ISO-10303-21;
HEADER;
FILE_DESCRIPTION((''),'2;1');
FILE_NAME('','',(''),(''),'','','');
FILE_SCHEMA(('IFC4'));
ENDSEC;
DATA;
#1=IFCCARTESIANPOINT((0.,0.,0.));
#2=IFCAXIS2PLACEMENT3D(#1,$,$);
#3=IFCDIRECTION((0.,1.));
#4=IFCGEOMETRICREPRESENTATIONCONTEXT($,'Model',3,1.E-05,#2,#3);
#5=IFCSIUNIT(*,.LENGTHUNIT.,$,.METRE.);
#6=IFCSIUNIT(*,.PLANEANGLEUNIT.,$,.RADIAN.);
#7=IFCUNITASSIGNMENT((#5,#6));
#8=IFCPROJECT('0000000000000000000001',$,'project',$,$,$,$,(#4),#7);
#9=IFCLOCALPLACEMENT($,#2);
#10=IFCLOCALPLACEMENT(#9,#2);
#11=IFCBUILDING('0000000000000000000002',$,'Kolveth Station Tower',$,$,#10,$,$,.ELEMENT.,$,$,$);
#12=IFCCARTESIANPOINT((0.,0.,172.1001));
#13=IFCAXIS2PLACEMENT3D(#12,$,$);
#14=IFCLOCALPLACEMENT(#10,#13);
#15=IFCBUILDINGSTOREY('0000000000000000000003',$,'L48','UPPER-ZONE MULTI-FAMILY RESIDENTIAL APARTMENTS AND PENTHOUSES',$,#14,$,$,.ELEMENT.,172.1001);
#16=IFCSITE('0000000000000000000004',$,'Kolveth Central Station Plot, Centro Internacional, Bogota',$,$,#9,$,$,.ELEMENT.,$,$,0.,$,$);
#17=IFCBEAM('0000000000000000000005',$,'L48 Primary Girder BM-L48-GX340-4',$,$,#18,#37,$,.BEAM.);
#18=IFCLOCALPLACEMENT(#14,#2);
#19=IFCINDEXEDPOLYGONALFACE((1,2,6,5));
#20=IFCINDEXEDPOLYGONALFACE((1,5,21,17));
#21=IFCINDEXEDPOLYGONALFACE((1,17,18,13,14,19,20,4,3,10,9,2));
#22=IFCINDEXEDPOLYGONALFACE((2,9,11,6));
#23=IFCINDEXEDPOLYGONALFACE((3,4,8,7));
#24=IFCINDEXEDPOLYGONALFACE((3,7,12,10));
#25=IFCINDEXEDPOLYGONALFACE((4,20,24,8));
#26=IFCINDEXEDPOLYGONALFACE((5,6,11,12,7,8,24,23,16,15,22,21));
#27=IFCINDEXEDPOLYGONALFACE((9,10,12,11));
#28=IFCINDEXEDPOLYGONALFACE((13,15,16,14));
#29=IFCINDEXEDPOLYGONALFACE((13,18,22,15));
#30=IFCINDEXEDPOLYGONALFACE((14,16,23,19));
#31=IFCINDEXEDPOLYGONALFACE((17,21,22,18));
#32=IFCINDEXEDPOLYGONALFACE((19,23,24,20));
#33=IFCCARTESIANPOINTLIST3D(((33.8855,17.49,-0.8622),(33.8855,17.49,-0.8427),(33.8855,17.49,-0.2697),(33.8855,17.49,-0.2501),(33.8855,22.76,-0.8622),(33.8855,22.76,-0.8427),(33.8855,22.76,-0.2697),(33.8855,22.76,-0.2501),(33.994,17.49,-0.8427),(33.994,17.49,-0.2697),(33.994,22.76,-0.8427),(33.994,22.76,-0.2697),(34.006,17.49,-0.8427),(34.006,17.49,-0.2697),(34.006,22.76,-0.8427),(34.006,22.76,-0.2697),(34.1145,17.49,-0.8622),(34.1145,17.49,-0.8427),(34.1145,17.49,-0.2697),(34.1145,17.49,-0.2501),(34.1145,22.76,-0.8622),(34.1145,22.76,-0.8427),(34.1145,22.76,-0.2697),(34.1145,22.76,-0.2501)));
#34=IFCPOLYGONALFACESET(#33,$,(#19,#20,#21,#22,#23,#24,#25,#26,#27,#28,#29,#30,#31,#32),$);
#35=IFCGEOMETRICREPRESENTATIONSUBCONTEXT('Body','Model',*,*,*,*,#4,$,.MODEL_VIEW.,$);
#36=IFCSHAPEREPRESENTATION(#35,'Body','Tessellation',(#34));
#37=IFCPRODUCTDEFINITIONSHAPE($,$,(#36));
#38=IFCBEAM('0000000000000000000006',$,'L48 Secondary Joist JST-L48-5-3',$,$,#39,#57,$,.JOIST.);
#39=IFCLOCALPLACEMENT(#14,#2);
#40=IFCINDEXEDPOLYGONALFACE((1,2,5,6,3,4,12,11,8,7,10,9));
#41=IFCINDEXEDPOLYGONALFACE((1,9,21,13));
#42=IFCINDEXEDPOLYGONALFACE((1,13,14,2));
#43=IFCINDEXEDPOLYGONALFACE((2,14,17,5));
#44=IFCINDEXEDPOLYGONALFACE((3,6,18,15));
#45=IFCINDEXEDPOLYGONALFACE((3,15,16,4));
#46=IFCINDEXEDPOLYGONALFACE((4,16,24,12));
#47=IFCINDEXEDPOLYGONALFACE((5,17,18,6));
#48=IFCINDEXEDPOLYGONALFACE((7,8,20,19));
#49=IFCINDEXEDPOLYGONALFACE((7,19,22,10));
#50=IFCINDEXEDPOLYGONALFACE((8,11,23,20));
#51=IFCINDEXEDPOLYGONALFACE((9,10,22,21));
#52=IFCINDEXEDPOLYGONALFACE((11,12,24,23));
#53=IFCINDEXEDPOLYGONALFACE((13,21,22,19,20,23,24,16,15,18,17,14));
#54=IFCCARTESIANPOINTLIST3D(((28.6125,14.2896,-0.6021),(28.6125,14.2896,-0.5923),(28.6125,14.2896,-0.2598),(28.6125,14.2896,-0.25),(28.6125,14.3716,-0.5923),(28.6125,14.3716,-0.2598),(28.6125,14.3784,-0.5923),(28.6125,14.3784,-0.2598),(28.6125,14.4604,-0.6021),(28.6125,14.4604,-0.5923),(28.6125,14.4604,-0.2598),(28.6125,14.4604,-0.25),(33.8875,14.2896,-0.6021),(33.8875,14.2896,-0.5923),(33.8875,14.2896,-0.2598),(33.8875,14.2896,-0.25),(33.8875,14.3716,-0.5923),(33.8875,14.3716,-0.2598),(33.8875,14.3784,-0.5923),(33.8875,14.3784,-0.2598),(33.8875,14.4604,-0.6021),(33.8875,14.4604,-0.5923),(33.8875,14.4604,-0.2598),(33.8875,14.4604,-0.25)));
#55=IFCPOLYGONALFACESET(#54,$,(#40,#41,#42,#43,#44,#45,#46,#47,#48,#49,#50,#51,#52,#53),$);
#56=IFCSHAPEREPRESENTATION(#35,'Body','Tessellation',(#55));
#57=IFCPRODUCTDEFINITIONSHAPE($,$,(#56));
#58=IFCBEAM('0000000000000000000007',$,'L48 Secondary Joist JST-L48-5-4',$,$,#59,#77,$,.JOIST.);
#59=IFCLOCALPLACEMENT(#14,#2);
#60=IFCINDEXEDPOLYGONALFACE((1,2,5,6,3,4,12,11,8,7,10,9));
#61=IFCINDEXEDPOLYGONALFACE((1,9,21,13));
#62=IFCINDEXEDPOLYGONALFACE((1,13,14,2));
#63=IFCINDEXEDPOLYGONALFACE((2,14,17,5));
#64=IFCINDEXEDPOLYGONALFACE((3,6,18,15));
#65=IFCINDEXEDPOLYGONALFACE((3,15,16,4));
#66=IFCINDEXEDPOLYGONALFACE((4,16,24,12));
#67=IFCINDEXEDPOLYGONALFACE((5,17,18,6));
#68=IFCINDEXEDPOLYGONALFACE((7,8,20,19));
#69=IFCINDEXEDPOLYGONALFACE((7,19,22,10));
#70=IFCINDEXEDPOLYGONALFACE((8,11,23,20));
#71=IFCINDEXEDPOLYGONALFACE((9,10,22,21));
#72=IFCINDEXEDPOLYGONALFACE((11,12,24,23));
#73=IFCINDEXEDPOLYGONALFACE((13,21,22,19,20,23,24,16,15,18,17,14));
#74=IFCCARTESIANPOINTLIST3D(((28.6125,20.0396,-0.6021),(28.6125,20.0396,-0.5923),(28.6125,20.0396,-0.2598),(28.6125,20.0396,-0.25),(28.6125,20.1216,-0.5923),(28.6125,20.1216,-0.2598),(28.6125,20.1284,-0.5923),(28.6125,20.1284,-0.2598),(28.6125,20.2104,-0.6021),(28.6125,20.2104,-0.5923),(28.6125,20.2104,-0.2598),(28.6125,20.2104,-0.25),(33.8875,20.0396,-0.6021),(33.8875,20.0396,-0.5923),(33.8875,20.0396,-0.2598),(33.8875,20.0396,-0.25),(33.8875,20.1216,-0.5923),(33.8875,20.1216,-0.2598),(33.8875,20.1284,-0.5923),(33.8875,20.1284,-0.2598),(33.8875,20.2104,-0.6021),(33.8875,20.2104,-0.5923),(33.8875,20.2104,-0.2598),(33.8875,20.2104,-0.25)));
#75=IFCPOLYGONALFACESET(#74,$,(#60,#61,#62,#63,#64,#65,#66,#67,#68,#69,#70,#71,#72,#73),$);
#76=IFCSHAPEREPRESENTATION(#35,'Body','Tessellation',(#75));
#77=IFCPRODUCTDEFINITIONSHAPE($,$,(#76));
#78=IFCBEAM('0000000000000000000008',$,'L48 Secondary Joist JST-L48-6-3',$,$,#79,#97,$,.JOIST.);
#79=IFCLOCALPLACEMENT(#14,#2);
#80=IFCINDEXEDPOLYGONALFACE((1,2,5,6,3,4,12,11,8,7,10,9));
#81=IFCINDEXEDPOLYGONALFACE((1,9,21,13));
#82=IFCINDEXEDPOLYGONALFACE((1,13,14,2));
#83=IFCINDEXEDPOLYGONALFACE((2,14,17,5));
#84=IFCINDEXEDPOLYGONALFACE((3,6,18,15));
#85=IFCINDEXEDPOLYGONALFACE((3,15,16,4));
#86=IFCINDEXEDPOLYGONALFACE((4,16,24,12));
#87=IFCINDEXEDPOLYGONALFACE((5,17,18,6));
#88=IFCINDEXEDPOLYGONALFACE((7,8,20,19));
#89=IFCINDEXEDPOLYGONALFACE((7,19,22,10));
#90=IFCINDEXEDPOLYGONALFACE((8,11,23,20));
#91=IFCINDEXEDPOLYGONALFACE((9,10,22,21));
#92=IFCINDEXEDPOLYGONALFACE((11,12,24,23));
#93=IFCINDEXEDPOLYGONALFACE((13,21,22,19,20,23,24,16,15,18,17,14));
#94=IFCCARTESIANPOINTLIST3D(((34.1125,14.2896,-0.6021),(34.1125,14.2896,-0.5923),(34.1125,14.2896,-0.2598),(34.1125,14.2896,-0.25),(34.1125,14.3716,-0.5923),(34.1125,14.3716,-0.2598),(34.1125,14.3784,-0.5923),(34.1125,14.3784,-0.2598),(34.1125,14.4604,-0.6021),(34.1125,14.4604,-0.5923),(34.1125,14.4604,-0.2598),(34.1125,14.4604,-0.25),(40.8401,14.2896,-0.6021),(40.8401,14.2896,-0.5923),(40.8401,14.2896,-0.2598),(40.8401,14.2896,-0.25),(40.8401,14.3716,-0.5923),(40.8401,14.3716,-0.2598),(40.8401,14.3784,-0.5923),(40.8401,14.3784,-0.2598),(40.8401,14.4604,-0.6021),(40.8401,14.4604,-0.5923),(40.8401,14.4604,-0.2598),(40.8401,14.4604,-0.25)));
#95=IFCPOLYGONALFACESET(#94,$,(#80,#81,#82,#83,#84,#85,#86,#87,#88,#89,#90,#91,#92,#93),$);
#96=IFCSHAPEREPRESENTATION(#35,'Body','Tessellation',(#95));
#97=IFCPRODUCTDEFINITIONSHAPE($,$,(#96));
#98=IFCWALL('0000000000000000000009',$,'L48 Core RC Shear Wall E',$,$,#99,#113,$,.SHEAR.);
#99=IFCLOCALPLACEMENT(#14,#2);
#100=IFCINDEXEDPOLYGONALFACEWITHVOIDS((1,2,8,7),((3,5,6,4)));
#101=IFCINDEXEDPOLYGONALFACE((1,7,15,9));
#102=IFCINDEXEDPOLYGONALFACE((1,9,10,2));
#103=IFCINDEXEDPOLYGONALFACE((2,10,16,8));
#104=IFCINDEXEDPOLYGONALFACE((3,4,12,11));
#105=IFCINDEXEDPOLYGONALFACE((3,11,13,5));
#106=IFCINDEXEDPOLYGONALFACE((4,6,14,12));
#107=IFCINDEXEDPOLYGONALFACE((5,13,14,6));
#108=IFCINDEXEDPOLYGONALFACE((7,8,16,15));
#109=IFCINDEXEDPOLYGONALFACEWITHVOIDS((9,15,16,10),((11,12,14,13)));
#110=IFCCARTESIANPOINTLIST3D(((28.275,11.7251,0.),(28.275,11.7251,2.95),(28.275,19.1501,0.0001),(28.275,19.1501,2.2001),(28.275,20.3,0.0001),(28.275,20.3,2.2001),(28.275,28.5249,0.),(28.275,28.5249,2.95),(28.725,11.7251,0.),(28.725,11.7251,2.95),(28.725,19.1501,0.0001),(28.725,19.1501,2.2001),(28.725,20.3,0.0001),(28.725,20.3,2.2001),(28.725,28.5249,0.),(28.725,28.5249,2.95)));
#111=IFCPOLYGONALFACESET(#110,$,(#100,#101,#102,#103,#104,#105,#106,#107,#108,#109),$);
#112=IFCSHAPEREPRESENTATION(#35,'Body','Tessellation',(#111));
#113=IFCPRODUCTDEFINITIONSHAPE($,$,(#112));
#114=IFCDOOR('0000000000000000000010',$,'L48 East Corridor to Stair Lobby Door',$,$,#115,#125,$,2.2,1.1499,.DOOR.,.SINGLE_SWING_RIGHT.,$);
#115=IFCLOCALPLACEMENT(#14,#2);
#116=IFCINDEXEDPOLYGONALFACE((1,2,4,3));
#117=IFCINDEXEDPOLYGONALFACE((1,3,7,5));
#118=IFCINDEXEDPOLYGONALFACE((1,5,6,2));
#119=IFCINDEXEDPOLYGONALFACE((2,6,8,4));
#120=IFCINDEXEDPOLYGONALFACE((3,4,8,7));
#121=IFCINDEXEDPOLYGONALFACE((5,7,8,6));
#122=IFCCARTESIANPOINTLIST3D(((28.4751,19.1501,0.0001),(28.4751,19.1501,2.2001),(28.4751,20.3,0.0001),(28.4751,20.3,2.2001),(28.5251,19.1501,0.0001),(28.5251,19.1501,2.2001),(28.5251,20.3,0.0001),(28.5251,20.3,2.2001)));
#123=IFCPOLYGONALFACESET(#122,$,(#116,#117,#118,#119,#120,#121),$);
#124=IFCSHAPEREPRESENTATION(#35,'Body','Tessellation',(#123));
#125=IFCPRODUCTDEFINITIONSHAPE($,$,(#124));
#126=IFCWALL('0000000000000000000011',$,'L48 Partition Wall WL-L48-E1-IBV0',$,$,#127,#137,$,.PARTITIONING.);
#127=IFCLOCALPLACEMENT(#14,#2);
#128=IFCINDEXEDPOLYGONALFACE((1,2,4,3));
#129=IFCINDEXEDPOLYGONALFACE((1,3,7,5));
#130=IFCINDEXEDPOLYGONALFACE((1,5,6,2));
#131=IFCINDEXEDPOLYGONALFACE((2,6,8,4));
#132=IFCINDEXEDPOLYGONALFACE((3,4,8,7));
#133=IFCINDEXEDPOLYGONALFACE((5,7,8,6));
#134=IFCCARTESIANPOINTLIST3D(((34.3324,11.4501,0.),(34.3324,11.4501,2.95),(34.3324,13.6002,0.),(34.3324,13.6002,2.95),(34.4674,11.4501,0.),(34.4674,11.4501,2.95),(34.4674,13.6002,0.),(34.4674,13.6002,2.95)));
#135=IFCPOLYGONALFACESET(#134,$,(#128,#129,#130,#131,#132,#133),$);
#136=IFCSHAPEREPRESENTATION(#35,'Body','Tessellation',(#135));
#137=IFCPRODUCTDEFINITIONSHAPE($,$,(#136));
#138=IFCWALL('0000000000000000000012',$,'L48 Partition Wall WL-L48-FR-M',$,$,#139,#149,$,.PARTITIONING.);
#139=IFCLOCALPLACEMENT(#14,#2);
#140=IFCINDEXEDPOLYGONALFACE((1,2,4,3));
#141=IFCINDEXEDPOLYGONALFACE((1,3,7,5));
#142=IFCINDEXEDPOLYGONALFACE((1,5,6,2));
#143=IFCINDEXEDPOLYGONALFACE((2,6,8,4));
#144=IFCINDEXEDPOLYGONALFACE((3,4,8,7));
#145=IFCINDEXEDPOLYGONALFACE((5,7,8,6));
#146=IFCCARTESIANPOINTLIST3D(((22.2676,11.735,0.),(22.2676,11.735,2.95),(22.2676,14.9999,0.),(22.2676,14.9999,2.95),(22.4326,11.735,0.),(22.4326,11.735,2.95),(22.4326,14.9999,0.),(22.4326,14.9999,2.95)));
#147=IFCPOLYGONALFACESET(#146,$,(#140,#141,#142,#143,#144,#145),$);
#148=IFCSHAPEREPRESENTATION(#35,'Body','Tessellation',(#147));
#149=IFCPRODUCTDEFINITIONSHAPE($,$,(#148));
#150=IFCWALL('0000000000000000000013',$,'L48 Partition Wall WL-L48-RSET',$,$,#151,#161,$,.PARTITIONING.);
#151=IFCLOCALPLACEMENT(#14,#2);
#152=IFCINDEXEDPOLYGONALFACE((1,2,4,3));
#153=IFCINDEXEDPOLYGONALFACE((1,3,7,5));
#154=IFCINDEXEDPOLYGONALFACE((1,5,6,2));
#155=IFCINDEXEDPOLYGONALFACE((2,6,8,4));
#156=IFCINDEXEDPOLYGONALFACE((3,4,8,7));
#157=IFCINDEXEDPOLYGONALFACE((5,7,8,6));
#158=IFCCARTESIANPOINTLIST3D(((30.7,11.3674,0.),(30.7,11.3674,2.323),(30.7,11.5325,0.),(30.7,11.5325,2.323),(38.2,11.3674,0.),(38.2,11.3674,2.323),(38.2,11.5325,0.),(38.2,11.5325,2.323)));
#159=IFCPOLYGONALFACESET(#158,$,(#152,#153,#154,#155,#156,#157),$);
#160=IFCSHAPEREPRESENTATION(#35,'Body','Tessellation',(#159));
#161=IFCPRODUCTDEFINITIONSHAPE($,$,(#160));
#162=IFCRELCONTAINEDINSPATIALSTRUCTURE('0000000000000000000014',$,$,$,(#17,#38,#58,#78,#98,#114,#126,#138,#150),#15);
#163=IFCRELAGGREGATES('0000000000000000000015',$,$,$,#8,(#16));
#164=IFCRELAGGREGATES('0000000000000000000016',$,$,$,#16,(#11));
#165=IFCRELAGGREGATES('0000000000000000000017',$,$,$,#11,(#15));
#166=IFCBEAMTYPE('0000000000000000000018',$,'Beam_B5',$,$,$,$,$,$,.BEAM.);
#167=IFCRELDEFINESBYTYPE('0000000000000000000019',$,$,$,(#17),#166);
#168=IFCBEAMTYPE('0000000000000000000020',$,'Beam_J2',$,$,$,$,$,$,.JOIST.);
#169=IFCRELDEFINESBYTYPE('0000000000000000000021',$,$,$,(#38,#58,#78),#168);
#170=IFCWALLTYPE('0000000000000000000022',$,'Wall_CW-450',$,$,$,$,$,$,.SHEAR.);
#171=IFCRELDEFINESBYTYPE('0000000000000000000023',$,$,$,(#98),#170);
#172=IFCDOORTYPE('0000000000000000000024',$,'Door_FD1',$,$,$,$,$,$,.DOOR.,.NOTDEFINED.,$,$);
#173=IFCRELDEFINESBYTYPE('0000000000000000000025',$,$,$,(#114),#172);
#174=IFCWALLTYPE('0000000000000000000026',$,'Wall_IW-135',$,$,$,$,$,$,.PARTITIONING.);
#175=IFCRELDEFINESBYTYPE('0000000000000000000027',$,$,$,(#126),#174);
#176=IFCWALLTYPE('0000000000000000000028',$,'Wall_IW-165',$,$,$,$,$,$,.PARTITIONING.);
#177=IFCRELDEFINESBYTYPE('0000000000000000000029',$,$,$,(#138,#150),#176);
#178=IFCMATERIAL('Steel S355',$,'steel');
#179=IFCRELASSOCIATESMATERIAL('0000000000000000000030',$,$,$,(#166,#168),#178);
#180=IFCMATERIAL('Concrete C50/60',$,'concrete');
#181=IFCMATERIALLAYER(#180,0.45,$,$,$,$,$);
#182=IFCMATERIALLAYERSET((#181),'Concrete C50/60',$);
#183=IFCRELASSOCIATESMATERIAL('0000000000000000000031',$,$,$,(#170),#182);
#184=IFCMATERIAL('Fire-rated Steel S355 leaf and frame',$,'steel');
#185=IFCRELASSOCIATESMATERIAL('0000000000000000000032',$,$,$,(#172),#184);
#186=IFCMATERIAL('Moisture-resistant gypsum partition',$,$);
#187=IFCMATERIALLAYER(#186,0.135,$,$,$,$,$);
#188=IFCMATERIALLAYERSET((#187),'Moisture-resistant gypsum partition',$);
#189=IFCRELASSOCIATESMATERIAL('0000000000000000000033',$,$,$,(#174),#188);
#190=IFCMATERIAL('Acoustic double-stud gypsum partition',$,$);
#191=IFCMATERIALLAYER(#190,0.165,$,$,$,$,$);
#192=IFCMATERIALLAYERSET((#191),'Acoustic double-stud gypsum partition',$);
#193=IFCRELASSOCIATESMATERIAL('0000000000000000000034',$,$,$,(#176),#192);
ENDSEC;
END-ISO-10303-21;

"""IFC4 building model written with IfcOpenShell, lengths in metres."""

from ifc_helpers import new_model, si_unit, direction, frame, frame_2d, origin, origin_2d, place, context, subcontext, project, spatial, rectangle, i_section, extrude, source, transform, mapped, material, layer, layer_set, material_profile, profile_set, type_object, element, fill, save


model = new_model("IFC4")

# Units and contexts
model_context = context("Model", 3, precision=1e-05, world=origin(), true_north=direction((0.0, 1.0)))
body_context = subcontext(model_context, "Body", "Model", "MODEL_VIEW")
ifc_project = project(units=[si_unit("LENGTHUNIT", "METRE"), si_unit("PLANEANGLEUNIT", "RADIAN")], contexts=[model_context])

# Site, building, storey
site_placement = place(None, origin())
site = spatial("IfcSite", under=ifc_project, at=site_placement, Name="Kolveth Central Station Plot, Centro Internacional, Bogota", CompositionType="ELEMENT", RefElevation=0.0)
building_placement = place(site_placement, origin())
building = spatial("IfcBuilding", under=site, at=building_placement, Name="Kolveth Station Tower", CompositionType="ELEMENT")
storey_placement = place(building_placement, frame((0.0, 0.0, 172.1001)))
storey = spatial("IfcBuildingStorey", under=building, at=storey_placement, Name="L48", Description="UPPER-ZONE MULTI-FAMILY RESIDENTIAL APARTMENTS AND PENTHOUSES", CompositionType="ELEMENT", Elevation=172.1001)

# Shared definitions
ifc_material_1 = material(Name="Steel S355", Category="steel")

# Beams
ifc_material_profile_1 = material_profile(ifc_material_1, i_section(OverallWidth=0.229, OverallDepth=0.6121, WebThickness=0.012, FlangeThickness=0.0195, at=origin_2d()), Name="W610x125")
ifc_profile_set_1 = profile_set([ifc_material_profile_1], Name="Steel S355")
beam_type_1 = type_object("IfcBeamType", Name="Beam_B5", PredefinedType="BEAM", material=ifc_profile_set_1)
shared_shape_1 = source(origin(), body_context, "Body", "SweptSolid", [
    extrude(i_section(OverallWidth=0.229, OverallDepth=0.6121, WebThickness=0.012, FlangeThickness=0.0195, at=origin_2d()), origin(), (0.0, 0.0, 1.0), 5.27),
])
for number, where, z_axis, x_axis, name in (
    (1, (34.0, 17.49, -0.5562), (0.0, 1.0, 0.0), (-1.0, 0.0, 0.0), "L48 Primary Girder BM-L48-GX340-4"),
):
    element("IfcBeam", number, at=place(storey_placement, frame(where, z_axis=z_axis, x_axis=x_axis)), inside=storey, type_object=beam_type_1, Name=name, PredefinedType="BEAM", context=body_context, shape_type="MappedRepresentation", body=[
        mapped(shared_shape_1, transform((0.0, 0.0, 0.0), x_axis=(1.0, 0.0, 0.0), y_axis=(0.0, 1.0, 0.0), z_axis=(0.0, 0.0, 1.0), scale=1.0)),
    ])
ifc_material_profile_2 = material_profile(ifc_material_1, i_section(OverallWidth=0.1709, OverallDepth=0.3521, WebThickness=0.0068, FlangeThickness=0.0098, at=origin_2d()), Name="W360x44")
ifc_profile_set_2 = profile_set([ifc_material_profile_2], Name="Steel S355")
beam_type_2 = type_object("IfcBeamType", Name="Beam_J2", PredefinedType="JOIST", material=ifc_profile_set_2)
shared_shape_2 = source(origin(), body_context, "Body", "SweptSolid", [
    extrude(i_section(OverallWidth=0.1709, OverallDepth=0.3521, WebThickness=0.0068, FlangeThickness=0.0098, at=origin_2d()), origin(), (0.0, 0.0, 1.0), 5.2749),
])
for number, where, z_axis, x_axis, name in (
    (2, (28.6125, 14.375, -0.426), (1.0, 0.0, 0.0), (0.0, 1.0, 0.0), "L48 Secondary Joist JST-L48-5-3"),
    (3, (28.6125, 20.125, -0.426), (1.0, 0.0, 0.0), (0.0, 1.0, 0.0), "L48 Secondary Joist JST-L48-5-4"),
):
    element("IfcBeam", number, at=place(storey_placement, frame(where, z_axis=z_axis, x_axis=x_axis)), inside=storey, type_object=beam_type_2, Name=name, PredefinedType="JOIST", context=body_context, shape_type="MappedRepresentation", body=[
        mapped(shared_shape_2, transform((0.0, 0.0, 0.0), x_axis=(1.0, 0.0, 0.0), y_axis=(0.0, 1.0, 0.0), z_axis=(0.0, 0.0, 1.0), scale=1.0)),
    ])
shared_shape_3 = source(origin(), body_context, "Body", "SweptSolid", [
    extrude(i_section(OverallWidth=0.1709, OverallDepth=0.3521, WebThickness=0.0068, FlangeThickness=0.0098, at=origin_2d()), origin(), (0.0, 0.0, 1.0), 6.7275),
])
beam_placement = place(storey_placement, frame((34.1125, 14.375, -0.426), z_axis=(1.0, 0.0, 0.0), x_axis=(0.0, 1.0, 0.0)))
element("IfcBeam", 4, at=beam_placement, inside=storey, type_object=beam_type_2, Name="L48 Secondary Joist JST-L48-6-3", PredefinedType="JOIST", context=body_context, shape_type="MappedRepresentation", body=[
    mapped(shared_shape_3, transform((0.0, 0.0, 0.0), x_axis=(1.0, 0.0, 0.0), y_axis=(0.0, 1.0, 0.0), z_axis=(0.0, 0.0, 1.0), scale=1.0)),
])

# Wall, opening, door
ifc_material_2 = material(Name="Concrete C50/60", Category="concrete")
ifc_layer_1 = layer(ifc_material_2, 0.45)
ifc_layer_set_1 = layer_set([ifc_layer_1], Name="Concrete C50/60")
wall_type_1 = type_object("IfcWallType", Name="Wall_CW-450", PredefinedType="SHEAR", material=ifc_layer_set_1)
wall_1_placement = place(storey_placement, frame((28.5, 11.7251, 0.0), z_axis=(0.0, 0.0, 1.0), x_axis=(0.0, 1.0, 0.0)))
wall_1 = element("IfcWall", 5, at=wall_1_placement, inside=storey, type_object=wall_type_1, Name="L48 Core RC Shear Wall E", PredefinedType="SHEAR", context=body_context, shape_type="SweptSolid", body=[
    extrude(rectangle(XDim=16.7998, YDim=0.45, at=frame_2d((8.3999, 0.0))), origin(), (0.0, 0.0, 1.0), 2.95),
])
opening_1_placement = place(wall_1_placement, frame((7.425, 0.0, 0.0)))
opening_1 = element("IfcOpeningElement", 6, at=opening_1_placement, cuts=wall_1, PredefinedType="OPENING", context=body_context, shape_type="SweptSolid", body=[
    extrude(rectangle(XDim=1.1499, YDim=2.2, at=frame_2d((0.575, 1.1001))), frame((0.0, 0.2349, 0.0), z_axis=(0.0, -1.0, 0.0), x_axis=(1.0, 0.0, 0.0)), (0.0, 0.0, 1.0), 0.47),
])
ifc_material_3 = material(Name="Fire-rated Steel S355 leaf and frame", Category="steel")
door_type_1 = type_object("IfcDoorType", Name="Door_FD1", OperationType="NOTDEFINED", PredefinedType="DOOR", material=ifc_material_3)
door_1_placement = place(opening_1_placement, origin())
door_1 = element("IfcDoor", 7, at=door_1_placement, inside=storey, type_object=door_type_1, Name="L48 East Corridor to Stair Lobby Door", OperationType="SINGLE_SWING_RIGHT", OverallHeight=2.2, OverallWidth=1.1499, PredefinedType="DOOR", context=body_context, shape_type="SweptSolid", body=[
    extrude(rectangle(XDim=1.1499, YDim=2.2, at=frame_2d((0.575, 1.1001))), frame((0.0, 0.0249, 0.0), z_axis=(0.0, -1.0, 0.0), x_axis=(1.0, 0.0, 0.0)), (0.0, 0.0, 1.0), 0.05),
])
fill(opening_1, door_1)

# Walls
ifc_material_4 = material(Name="Moisture-resistant gypsum partition")
ifc_layer_2 = layer(ifc_material_4, 0.135)
ifc_layer_set_2 = layer_set([ifc_layer_2], Name="Moisture-resistant gypsum partition")
wall_type_2 = type_object("IfcWallType", Name="Wall_IW-135", PredefinedType="PARTITIONING", material=ifc_layer_set_2)
wall_2_placement = place(storey_placement, frame((34.3999, 11.45, 0.0), z_axis=(0.0, 0.0, 1.0), x_axis=(0.0, 1.0, 0.0)))
element("IfcWall", 8, at=wall_2_placement, inside=storey, type_object=wall_type_2, Name="L48 Partition Wall WL-L48-E1-IBV0", PredefinedType="PARTITIONING", context=body_context, shape_type="SweptSolid", body=[
    extrude(rectangle(XDim=2.1501, YDim=0.135, at=frame_2d((1.0752, 0.0))), origin(), (0.0, 0.0, 1.0), 2.95),
])
ifc_material_5 = material(Name="Acoustic double-stud gypsum partition")
ifc_layer_3 = layer(ifc_material_5, 0.165)
ifc_layer_set_3 = layer_set([ifc_layer_3], Name="Acoustic double-stud gypsum partition")
wall_type_3 = type_object("IfcWallType", Name="Wall_IW-165", PredefinedType="PARTITIONING", material=ifc_layer_set_3)
wall_3_placement = place(storey_placement, frame((22.3501, 11.7351, 0.0), z_axis=(0.0, 0.0, 1.0), x_axis=(0.0, 1.0, 0.0)))
element("IfcWall", 9, at=wall_3_placement, inside=storey, type_object=wall_type_3, Name="L48 Partition Wall WL-L48-FR-M", PredefinedType="PARTITIONING", context=body_context, shape_type="SweptSolid", body=[
    extrude(rectangle(XDim=3.2649, YDim=0.165, at=frame_2d((1.6323, 0.0))), origin(), (0.0, 0.0, 1.0), 2.95),
])
wall_4_placement = place(storey_placement, frame((30.7, 11.45, 0.0), z_axis=(0.0, 0.0, 1.0), x_axis=(1.0, 0.0, 0.0)))
element("IfcWall", 10, at=wall_4_placement, inside=storey, type_object=wall_type_3, Name="L48 Partition Wall WL-L48-RSET", PredefinedType="PARTITIONING", context=body_context, shape_type="SweptSolid", body=[
    extrude(rectangle(XDim=7.5, YDim=0.165, at=frame_2d((3.75, 0.0))), origin(), (0.0, 0.0, 1.0), 2.323),
])

save(model, "model.ifc")
